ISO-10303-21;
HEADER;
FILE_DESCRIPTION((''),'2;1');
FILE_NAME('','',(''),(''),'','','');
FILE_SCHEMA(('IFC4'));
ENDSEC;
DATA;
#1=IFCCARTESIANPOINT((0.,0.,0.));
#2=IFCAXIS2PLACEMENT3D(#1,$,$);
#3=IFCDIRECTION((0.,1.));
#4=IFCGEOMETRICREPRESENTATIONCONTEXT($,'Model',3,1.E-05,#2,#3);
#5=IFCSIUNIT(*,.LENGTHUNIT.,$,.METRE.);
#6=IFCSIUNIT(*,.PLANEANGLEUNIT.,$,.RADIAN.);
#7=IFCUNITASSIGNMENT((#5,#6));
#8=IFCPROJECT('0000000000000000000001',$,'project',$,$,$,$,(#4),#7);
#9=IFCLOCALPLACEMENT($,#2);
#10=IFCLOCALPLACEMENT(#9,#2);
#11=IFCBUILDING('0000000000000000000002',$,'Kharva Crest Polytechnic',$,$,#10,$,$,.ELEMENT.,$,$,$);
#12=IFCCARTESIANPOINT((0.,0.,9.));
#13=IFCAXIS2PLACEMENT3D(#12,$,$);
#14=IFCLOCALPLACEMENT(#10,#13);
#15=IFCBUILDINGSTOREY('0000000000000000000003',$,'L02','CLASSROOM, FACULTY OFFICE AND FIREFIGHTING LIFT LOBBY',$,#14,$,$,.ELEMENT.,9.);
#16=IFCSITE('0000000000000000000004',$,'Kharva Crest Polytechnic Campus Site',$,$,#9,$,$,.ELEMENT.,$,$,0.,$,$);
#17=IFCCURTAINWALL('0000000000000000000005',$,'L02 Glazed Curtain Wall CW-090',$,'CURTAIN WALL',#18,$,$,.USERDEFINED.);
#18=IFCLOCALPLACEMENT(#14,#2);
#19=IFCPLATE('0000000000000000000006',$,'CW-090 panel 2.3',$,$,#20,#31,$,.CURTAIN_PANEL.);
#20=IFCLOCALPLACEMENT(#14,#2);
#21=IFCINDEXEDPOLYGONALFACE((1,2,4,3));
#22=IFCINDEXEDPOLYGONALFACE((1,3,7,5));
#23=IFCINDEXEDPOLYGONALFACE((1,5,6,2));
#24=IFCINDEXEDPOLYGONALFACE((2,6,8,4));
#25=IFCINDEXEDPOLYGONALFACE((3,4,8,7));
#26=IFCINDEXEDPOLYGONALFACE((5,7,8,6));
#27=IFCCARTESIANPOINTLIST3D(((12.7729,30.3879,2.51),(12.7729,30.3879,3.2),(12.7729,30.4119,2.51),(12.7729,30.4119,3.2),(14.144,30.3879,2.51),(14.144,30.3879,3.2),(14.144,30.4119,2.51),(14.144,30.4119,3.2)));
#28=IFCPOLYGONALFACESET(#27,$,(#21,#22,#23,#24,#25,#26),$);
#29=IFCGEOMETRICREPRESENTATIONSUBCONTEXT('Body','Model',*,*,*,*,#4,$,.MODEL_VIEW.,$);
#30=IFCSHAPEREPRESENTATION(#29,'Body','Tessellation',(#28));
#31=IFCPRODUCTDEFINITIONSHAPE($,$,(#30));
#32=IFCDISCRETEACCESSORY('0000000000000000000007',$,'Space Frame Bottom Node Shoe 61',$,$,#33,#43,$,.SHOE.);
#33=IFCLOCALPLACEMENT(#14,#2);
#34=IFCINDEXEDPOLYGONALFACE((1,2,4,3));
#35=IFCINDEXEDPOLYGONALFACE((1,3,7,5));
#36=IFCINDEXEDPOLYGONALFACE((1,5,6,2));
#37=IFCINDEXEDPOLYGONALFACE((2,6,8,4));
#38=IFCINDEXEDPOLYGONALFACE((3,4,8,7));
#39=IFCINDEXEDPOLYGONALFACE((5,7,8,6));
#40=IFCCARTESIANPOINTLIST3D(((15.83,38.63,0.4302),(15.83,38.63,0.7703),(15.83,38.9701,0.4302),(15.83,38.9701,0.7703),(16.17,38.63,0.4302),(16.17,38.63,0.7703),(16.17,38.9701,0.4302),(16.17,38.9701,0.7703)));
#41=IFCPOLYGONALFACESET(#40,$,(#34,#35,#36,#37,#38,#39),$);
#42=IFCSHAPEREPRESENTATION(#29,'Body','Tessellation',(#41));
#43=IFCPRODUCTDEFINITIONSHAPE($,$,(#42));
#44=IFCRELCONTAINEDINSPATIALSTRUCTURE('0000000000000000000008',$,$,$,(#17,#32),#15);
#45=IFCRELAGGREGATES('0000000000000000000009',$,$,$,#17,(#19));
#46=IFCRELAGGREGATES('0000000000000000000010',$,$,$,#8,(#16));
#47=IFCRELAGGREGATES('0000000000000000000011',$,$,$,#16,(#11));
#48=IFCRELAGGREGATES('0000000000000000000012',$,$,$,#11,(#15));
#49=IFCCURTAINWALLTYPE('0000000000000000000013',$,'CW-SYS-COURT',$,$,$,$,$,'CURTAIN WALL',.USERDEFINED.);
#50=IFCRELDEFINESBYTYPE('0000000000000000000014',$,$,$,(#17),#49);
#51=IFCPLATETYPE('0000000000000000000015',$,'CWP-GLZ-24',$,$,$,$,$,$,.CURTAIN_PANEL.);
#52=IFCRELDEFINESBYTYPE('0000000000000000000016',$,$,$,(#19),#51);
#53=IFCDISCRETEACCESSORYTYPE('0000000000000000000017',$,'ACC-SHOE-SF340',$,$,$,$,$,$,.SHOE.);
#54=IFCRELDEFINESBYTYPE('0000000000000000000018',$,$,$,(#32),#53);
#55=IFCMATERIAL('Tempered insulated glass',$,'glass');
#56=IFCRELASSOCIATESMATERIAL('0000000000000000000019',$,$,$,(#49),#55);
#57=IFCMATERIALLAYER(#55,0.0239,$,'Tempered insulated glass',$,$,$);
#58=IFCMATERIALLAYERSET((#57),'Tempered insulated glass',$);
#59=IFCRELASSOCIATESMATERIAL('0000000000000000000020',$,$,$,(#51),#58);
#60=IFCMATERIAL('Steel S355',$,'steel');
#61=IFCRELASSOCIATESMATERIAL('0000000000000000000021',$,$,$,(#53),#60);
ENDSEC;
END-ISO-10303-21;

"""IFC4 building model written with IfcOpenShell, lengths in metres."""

from ifc_helpers import new_model, si_unit, direction, frame, origin, origin_2d, place, context, subcontext, project, spatial, rectangle, extrude, material, layer, layer_set, type_object, element, aggregate, save


model = new_model("IFC4")

# Units and contexts
model_context = context("Model", 3, precision=1e-05, world=origin(), true_north=direction((0.0, 1.0)))
body_context = subcontext(model_context, "Body", "Model", "MODEL_VIEW")
ifc_project = project(units=[si_unit("LENGTHUNIT", "METRE"), si_unit("PLANEANGLEUNIT", "RADIAN")], contexts=[model_context])

# Site, building, storey
site_placement = place(None, origin())
site = spatial("IfcSite", under=ifc_project, at=site_placement, Name="Kharva Crest Polytechnic Campus Site", CompositionType="ELEMENT", RefElevation=0.0)
building_placement = place(site_placement, origin())
building = spatial("IfcBuilding", under=site, at=building_placement, Name="Kharva Crest Polytechnic", CompositionType="ELEMENT")
storey_placement = place(building_placement, frame((0.0, 0.0, 9.0)))
storey = spatial("IfcBuildingStorey", under=building, at=storey_placement, Name="L02", Description="CLASSROOM, FACULTY OFFICE AND FIREFIGHTING LIFT LOBBY", CompositionType="ELEMENT", Elevation=9.0)

# Curtain wall
ifc_material_1 = material(Name="Tempered insulated glass", Category="glass")
curtain_wall_type = type_object("IfcCurtainWallType", Name="CW-SYS-COURT", ElementType="CURTAIN WALL", PredefinedType="USERDEFINED", material=ifc_material_1)
ifc_material_2 = material(Name="Steel S355", Category="steel")
curtain_wall_1_placement = place(storey_placement, origin())
curtain_wall_1 = element("IfcCurtainWall", 1, at=curtain_wall_1_placement, inside=storey, type_object=curtain_wall_type, Name="L02 Glazed Curtain Wall CW-090", ObjectType="CURTAIN WALL", PredefinedType="USERDEFINED")

# Plate
ifc_layer = layer(ifc_material_1, 0.0239, Name="Tempered insulated glass")
ifc_layer_set = layer_set([ifc_layer], Name="Tempered insulated glass")
plate_type = type_object("IfcPlateType", Name="CWP-GLZ-24", PredefinedType="CURTAIN_PANEL", material=ifc_layer_set)
plate_1_placement = place(storey_placement, frame((13.4585, 30.3999, 2.51), z_axis=(0.0, 0.0, 1.0), x_axis=(-1.0, 0.0, 0.0)))
plate_1 = element("IfcPlate", 2, at=plate_1_placement, type_object=plate_type, Name="CW-090 panel 2.3", PredefinedType="CURTAIN_PANEL", context=body_context, shape_type="SweptSolid", body=[
    extrude(rectangle(XDim=1.3711, YDim=0.0239, at=origin_2d()), origin(), (0.0, 0.0, 1.0), 0.6899),
])
aggregate(curtain_wall_1, [plate_1])

# Discrete accessory
discrete_accessory_type = type_object("IfcDiscreteAccessoryType", Name="ACC-SHOE-SF340", PredefinedType="SHOE", material=ifc_material_2)
discrete_accessory_placement = place(storey_placement, frame((16.0, 38.8, 0.4302), z_axis=(0.0, 0.0, 1.0), x_axis=(1.0, 0.0, 0.0)))
element("IfcDiscreteAccessory", 3, at=discrete_accessory_placement, inside=storey, type_object=discrete_accessory_type, Name="Space Frame Bottom Node Shoe 61", PredefinedType="SHOE", context=body_context, shape_type="SweptSolid", body=[
    extrude(rectangle(XDim=0.3401, YDim=0.3401, at=origin_2d()), origin(), (0.0, 0.0, 1.0), 0.3401),
])

save(model, "model.ifc")
